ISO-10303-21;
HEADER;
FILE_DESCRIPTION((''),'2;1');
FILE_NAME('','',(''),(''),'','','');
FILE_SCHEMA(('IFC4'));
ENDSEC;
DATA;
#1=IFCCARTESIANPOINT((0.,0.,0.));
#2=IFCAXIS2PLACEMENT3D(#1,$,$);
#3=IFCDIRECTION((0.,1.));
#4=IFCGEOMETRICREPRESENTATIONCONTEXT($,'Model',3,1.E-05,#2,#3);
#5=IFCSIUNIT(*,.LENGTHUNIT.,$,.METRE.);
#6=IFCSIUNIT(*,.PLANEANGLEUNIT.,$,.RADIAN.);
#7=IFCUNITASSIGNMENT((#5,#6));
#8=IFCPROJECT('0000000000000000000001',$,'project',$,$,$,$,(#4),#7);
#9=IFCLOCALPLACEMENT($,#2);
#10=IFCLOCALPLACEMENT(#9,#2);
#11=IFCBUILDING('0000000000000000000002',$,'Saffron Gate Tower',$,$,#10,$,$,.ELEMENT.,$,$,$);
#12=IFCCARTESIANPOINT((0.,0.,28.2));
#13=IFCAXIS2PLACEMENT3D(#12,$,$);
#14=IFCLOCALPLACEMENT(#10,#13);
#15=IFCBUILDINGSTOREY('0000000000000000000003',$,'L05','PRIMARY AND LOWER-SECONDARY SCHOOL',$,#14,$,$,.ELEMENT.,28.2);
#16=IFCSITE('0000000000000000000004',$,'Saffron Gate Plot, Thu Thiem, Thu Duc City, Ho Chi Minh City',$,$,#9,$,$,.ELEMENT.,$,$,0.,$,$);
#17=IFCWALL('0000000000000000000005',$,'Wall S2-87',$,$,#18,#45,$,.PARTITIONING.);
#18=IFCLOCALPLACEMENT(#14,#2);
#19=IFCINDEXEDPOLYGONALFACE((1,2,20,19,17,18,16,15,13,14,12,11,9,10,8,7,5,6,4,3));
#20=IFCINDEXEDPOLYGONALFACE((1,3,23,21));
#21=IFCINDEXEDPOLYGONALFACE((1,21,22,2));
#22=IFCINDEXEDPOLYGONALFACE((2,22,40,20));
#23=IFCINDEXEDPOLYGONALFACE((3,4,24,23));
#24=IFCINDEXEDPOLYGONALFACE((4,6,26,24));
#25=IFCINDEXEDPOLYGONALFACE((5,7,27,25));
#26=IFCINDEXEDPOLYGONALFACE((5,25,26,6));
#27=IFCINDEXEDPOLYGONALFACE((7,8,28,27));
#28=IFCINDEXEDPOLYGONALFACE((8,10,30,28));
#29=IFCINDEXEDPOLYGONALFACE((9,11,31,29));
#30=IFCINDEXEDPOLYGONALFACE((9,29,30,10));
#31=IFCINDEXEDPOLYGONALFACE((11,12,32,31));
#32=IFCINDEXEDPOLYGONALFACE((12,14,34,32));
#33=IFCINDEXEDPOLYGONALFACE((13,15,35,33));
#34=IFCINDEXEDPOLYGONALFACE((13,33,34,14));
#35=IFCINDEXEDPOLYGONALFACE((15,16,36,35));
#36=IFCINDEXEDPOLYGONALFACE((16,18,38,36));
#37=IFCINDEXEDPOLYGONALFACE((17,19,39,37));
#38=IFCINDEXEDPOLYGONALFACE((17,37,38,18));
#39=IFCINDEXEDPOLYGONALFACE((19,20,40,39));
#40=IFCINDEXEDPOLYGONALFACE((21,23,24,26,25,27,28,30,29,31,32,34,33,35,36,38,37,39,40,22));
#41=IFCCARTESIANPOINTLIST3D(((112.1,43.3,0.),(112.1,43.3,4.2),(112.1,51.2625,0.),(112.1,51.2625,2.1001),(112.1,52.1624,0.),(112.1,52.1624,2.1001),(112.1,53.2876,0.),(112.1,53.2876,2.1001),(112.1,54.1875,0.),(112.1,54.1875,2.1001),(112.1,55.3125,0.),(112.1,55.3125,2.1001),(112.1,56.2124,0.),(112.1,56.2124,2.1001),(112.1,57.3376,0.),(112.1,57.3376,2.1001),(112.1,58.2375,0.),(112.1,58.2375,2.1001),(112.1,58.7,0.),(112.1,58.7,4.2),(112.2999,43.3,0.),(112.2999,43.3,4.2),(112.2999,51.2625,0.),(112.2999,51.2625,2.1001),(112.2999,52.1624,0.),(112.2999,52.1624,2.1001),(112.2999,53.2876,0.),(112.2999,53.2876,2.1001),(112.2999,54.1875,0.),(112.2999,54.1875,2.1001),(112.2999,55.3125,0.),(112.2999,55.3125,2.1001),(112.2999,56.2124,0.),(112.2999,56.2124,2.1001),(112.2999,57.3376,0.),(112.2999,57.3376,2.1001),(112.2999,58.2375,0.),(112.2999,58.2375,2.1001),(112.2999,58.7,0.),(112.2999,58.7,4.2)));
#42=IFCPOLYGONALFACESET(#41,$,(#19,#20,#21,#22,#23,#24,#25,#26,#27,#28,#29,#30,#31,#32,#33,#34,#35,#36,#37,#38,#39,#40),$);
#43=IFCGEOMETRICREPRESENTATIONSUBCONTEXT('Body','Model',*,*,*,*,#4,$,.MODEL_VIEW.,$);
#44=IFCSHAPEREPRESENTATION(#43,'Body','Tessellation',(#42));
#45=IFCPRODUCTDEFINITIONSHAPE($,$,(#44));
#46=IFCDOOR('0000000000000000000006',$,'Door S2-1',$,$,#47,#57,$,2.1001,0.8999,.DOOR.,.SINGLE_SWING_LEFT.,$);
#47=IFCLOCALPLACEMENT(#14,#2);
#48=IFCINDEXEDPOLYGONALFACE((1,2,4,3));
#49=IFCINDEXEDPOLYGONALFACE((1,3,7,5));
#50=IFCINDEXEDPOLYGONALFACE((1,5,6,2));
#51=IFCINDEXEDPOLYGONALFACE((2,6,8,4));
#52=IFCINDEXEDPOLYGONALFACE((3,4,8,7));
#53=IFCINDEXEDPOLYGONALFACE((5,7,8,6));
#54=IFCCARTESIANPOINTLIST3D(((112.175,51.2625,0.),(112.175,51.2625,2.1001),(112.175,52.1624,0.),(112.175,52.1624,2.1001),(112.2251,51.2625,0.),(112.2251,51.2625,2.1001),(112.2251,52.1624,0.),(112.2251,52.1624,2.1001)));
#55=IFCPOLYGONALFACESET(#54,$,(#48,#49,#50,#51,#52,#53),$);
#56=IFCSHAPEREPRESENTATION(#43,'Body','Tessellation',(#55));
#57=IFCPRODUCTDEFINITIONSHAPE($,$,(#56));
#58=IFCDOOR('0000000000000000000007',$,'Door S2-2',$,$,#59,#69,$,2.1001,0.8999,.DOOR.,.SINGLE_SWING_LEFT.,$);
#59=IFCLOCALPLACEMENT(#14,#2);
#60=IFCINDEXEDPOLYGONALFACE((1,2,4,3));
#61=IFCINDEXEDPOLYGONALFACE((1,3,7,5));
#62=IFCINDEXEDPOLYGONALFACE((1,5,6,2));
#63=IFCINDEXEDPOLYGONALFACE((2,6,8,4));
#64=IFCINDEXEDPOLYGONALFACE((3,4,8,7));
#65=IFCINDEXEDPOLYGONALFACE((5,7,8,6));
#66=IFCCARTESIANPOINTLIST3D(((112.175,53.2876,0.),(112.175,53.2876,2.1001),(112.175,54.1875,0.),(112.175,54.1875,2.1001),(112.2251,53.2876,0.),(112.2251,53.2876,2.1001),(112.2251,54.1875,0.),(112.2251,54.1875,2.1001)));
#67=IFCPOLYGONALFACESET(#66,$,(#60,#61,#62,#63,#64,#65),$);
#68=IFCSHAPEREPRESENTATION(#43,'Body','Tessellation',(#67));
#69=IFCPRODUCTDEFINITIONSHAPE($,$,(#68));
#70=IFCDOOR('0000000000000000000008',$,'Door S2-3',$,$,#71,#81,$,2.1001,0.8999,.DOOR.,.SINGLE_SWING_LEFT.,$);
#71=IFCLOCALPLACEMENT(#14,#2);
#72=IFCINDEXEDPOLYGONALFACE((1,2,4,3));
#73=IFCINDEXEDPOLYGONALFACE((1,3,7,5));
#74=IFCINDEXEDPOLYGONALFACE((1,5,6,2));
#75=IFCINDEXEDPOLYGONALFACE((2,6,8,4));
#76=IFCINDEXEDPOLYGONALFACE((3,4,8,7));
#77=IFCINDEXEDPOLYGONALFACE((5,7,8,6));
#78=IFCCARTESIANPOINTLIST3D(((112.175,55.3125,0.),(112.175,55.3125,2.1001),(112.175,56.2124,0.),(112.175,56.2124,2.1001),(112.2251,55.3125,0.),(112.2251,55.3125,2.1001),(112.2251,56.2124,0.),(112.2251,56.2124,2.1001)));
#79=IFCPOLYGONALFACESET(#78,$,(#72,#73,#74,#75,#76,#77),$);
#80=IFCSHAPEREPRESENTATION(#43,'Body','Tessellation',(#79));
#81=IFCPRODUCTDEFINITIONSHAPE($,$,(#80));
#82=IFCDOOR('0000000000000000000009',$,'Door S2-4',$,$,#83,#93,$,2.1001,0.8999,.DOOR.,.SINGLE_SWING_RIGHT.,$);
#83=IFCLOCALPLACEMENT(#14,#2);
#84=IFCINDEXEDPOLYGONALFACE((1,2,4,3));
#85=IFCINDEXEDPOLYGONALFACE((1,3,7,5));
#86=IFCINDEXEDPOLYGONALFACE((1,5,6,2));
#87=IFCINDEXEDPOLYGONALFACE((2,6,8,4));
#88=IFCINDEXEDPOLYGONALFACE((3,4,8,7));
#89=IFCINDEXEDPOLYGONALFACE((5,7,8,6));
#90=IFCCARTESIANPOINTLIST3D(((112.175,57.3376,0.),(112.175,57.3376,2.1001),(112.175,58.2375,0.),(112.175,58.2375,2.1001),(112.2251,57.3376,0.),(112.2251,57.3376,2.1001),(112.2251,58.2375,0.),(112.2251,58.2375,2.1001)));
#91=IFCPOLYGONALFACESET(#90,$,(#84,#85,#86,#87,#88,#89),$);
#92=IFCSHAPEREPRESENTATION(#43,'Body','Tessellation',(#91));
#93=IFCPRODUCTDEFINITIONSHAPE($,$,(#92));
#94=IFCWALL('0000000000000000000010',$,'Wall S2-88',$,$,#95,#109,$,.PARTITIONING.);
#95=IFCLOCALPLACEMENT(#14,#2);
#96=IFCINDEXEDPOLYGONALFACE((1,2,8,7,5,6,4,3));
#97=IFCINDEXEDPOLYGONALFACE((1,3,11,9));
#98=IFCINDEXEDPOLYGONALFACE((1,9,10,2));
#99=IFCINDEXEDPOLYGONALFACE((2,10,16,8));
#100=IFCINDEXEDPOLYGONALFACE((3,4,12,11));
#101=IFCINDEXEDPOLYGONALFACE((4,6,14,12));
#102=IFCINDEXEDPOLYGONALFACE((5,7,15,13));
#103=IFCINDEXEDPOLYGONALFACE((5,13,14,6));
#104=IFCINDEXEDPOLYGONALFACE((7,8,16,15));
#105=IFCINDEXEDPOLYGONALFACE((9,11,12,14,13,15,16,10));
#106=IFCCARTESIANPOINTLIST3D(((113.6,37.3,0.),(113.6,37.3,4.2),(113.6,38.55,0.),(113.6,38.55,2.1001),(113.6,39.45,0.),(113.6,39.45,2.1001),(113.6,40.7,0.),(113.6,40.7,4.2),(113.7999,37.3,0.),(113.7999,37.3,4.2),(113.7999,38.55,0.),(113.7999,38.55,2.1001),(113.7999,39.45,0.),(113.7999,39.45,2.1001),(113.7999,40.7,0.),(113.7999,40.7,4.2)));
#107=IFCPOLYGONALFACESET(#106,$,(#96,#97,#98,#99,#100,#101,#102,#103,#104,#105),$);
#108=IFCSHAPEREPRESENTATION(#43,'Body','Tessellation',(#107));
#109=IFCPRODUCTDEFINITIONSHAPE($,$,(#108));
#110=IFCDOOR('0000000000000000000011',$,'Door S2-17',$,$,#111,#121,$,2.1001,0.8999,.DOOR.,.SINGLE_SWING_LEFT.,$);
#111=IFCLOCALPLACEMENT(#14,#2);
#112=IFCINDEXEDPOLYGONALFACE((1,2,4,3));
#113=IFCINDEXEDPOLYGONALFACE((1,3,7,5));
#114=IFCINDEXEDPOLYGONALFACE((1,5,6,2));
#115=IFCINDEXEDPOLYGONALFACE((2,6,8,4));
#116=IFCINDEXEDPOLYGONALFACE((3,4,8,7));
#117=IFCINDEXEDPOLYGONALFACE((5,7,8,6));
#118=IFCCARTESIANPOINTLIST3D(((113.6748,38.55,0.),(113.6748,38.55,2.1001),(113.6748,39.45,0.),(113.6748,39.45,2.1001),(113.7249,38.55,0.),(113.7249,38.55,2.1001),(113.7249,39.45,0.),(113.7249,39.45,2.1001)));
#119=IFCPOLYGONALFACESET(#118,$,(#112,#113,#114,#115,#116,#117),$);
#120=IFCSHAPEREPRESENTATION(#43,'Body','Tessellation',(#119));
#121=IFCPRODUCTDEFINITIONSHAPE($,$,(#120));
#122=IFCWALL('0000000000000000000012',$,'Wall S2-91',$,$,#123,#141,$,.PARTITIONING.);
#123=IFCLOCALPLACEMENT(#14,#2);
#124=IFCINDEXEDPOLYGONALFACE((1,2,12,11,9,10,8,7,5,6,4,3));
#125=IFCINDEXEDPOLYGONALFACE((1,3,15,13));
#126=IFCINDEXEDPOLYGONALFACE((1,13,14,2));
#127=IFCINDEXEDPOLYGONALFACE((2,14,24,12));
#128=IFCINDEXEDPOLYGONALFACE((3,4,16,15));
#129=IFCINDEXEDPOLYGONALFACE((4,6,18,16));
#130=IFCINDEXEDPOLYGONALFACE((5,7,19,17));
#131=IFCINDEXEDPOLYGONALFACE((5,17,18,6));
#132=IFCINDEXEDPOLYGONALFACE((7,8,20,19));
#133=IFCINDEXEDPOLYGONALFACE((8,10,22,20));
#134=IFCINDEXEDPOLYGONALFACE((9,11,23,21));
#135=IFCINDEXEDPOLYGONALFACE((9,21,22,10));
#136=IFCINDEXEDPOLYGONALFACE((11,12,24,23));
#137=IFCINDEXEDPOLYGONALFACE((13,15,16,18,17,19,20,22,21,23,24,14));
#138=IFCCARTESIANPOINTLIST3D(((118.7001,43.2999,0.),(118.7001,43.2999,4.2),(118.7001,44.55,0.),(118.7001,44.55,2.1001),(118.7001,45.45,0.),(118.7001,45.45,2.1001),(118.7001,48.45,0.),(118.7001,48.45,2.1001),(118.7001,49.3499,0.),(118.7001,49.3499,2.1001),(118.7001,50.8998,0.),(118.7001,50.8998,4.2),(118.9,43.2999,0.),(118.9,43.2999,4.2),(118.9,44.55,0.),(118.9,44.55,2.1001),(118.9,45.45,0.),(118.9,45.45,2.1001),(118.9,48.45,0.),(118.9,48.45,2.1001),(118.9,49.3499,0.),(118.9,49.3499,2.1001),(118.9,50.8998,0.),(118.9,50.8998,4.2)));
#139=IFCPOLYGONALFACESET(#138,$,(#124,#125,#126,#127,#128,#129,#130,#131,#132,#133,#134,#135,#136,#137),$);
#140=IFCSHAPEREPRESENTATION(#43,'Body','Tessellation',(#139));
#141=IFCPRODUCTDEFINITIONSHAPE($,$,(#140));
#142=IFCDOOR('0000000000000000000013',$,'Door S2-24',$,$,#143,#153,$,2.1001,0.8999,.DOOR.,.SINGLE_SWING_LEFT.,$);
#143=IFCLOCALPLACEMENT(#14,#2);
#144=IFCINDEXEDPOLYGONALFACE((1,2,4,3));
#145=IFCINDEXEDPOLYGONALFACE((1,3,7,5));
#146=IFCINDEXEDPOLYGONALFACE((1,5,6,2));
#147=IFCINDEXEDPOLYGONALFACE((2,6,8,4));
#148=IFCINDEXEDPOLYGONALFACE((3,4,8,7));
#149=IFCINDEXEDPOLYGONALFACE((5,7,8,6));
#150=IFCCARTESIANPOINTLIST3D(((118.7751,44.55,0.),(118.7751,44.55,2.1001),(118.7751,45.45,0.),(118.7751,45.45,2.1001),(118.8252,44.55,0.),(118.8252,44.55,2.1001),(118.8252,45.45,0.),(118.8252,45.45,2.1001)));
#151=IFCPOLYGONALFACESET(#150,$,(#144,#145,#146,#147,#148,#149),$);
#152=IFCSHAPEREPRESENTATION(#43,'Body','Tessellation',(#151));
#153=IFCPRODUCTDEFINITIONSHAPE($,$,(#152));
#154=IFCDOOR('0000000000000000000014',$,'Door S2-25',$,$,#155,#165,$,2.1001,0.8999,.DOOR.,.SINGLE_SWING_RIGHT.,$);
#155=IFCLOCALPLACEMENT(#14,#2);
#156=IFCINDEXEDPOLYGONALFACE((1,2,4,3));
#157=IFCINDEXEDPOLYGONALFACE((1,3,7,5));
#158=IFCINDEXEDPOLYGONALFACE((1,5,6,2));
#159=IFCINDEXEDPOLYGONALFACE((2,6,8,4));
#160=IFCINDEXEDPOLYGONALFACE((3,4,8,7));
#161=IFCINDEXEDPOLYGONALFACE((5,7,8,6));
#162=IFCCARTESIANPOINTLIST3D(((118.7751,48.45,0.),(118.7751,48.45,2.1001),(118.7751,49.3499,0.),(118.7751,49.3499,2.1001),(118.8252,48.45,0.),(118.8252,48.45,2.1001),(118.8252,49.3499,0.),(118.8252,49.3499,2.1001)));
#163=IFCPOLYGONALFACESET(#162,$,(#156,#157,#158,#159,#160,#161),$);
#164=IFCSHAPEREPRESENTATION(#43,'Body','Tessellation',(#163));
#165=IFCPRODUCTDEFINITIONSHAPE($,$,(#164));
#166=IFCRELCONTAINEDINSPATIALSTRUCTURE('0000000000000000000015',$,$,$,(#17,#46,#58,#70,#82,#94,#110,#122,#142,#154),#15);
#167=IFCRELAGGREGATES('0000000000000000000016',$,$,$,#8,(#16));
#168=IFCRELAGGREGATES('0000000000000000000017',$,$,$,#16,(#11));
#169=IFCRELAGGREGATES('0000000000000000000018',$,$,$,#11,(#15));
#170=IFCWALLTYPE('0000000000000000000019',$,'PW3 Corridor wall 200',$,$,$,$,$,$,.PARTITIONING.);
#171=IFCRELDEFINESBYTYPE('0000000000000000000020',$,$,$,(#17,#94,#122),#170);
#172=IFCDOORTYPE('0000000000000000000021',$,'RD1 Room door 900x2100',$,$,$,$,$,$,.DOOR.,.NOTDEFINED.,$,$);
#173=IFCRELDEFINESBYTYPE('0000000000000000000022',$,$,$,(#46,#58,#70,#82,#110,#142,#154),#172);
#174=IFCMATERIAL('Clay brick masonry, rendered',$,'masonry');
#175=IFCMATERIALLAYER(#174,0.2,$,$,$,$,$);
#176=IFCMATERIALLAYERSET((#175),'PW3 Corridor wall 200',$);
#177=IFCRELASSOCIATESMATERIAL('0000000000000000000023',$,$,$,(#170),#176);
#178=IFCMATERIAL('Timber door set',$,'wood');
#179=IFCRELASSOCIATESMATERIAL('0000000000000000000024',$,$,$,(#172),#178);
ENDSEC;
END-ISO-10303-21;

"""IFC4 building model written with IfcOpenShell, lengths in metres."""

from ifc_helpers import new_model, si_unit, direction, frame, frame_2d, origin, place, context, subcontext, project, spatial, rectangle, extrude, material, layer, layer_set, type_object, element, fill, save


model = new_model("IFC4")

# Units and contexts
model_context = context("Model", 3, precision=1e-05, world=origin(), true_north=direction((0.0, 1.0)))
body_context = subcontext(model_context, "Body", "Model", "MODEL_VIEW")
ifc_project = project(units=[si_unit("LENGTHUNIT", "METRE"), si_unit("PLANEANGLEUNIT", "RADIAN")], contexts=[model_context])

# Site, building, storey
site_placement = place(None, origin())
site = spatial("IfcSite", under=ifc_project, at=site_placement, Name="Saffron Gate Plot, Thu Thiem, Thu Duc City, Ho Chi Minh City", CompositionType="ELEMENT", RefElevation=0.0)
building_placement = place(site_placement, origin())
building = spatial("IfcBuilding", under=site, at=building_placement, Name="Saffron Gate Tower", CompositionType="ELEMENT")
storey_placement = place(building_placement, frame((0.0, 0.0, 28.2)))
storey = spatial("IfcBuildingStorey", under=building, at=storey_placement, Name="L05", Description="PRIMARY AND LOWER-SECONDARY SCHOOL", CompositionType="ELEMENT", Elevation=28.2)

# Shared definitions
ifc_material_1 = material(Name="Clay brick masonry, rendered", Category="masonry")
ifc_layer_1 = layer(ifc_material_1, 0.2)
ifc_layer_set_1 = layer_set([ifc_layer_1], Name="PW3 Corridor wall 200")
wall_type = type_object("IfcWallType", Name="PW3 Corridor wall 200", PredefinedType="PARTITIONING", material=ifc_layer_set_1)

# Wall, openings, doors
wall_1_placement = place(storey_placement, frame((112.2, 43.3, 0.0), z_axis=(0.0, 0.0, 1.0), x_axis=(0.0, 1.0, 0.0)))
wall_1 = element("IfcWall", 1, at=wall_1_placement, inside=storey, type_object=wall_type, Name="Wall S2-87", PredefinedType="PARTITIONING", context=body_context, shape_type="SweptSolid", body=[
    extrude(rectangle(XDim=15.3999, YDim=0.2, at=frame_2d((7.7, 0.0))), origin(), (0.0, 0.0, 1.0), 4.2),
])
opening_1_placement = place(wall_1_placement, frame((7.9624, 0.0, 0.0)))
opening_1 = element("IfcOpeningElement", 2, at=opening_1_placement, cuts=wall_1, PredefinedType="OPENING", context=body_context, shape_type="SweptSolid", body=[
    extrude(rectangle(XDim=0.8999, YDim=2.1001, at=frame_2d((0.45, 1.05))), frame((0.0, 0.1099, 0.0), z_axis=(0.0, -1.0, 0.0), x_axis=(1.0, 0.0, 0.0)), (0.0, 0.0, 1.0), 0.22),
])
opening_2_placement = place(wall_1_placement, frame((9.9875, 0.0, 0.0)))
opening_2 = element("IfcOpeningElement", 3, at=opening_2_placement, cuts=wall_1, PredefinedType="OPENING", context=body_context, shape_type="SweptSolid", body=[
    extrude(rectangle(XDim=0.8999, YDim=2.1001, at=frame_2d((0.45, 1.05))), frame((0.0, 0.1099, 0.0), z_axis=(0.0, -1.0, 0.0), x_axis=(1.0, 0.0, 0.0)), (0.0, 0.0, 1.0), 0.22),
])
opening_3_placement = place(wall_1_placement, frame((12.0125, 0.0, 0.0)))
opening_3 = element("IfcOpeningElement", 4, at=opening_3_placement, cuts=wall_1, PredefinedType="OPENING", context=body_context, shape_type="SweptSolid", body=[
    extrude(rectangle(XDim=0.8999, YDim=2.1001, at=frame_2d((0.45, 1.05))), frame((0.0, 0.1099, 0.0), z_axis=(0.0, -1.0, 0.0), x_axis=(1.0, 0.0, 0.0)), (0.0, 0.0, 1.0), 0.22),
])
opening_4_placement = place(wall_1_placement, frame((14.0376, 0.0, 0.0)))
opening_4 = element("IfcOpeningElement", 5, at=opening_4_placement, cuts=wall_1, PredefinedType="OPENING", context=body_context, shape_type="SweptSolid", body=[
    extrude(rectangle(XDim=0.8999, YDim=2.1001, at=frame_2d((0.45, 1.05))), frame((0.0, 0.1099, 0.0), z_axis=(0.0, -1.0, 0.0), x_axis=(1.0, 0.0, 0.0)), (0.0, 0.0, 1.0), 0.22),
])
ifc_material_2 = material(Name="Timber door set", Category="wood")
door_type = type_object("IfcDoorType", Name="RD1 Room door 900x2100", OperationType="NOTDEFINED", PredefinedType="DOOR", material=ifc_material_2)
door_1_placement = place(opening_1_placement, origin())
door_1 = element("IfcDoor", 6, at=door_1_placement, inside=storey, type_object=door_type, Name="Door S2-1", OperationType="SINGLE_SWING_LEFT", OverallHeight=2.1001, OverallWidth=0.8999, PredefinedType="DOOR", context=body_context, shape_type="SweptSolid", body=[
    extrude(rectangle(XDim=0.8999, YDim=2.1001, at=frame_2d((0.45, 1.05))), frame((0.0, 0.0249, 0.0), z_axis=(0.0, -1.0, 0.0), x_axis=(1.0, 0.0, 0.0)), (0.0, 0.0, 1.0), 0.05),
])
fill(opening_1, door_1)
door_2_placement = place(opening_2_placement, origin())
door_2 = element("IfcDoor", 7, at=door_2_placement, inside=storey, type_object=door_type, Name="Door S2-2", OperationType="SINGLE_SWING_LEFT", OverallHeight=2.1001, OverallWidth=0.8999, PredefinedType="DOOR", context=body_context, shape_type="SweptSolid", body=[
    extrude(rectangle(XDim=0.8999, YDim=2.1001, at=frame_2d((0.45, 1.05))), frame((0.0, 0.0249, 0.0), z_axis=(0.0, -1.0, 0.0), x_axis=(1.0, 0.0, 0.0)), (0.0, 0.0, 1.0), 0.05),
])
fill(opening_2, door_2)
door_3_placement = place(opening_3_placement, origin())
door_3 = element("IfcDoor", 8, at=door_3_placement, inside=storey, type_object=door_type, Name="Door S2-3", OperationType="SINGLE_SWING_LEFT", OverallHeight=2.1001, OverallWidth=0.8999, PredefinedType="DOOR", context=body_context, shape_type="SweptSolid", body=[
    extrude(rectangle(XDim=0.8999, YDim=2.1001, at=frame_2d((0.45, 1.05))), frame((0.0, 0.0249, 0.0), z_axis=(0.0, -1.0, 0.0), x_axis=(1.0, 0.0, 0.0)), (0.0, 0.0, 1.0), 0.05),
])
fill(opening_3, door_3)
door_4_placement = place(opening_4_placement, origin())
door_4 = element("IfcDoor", 9, at=door_4_placement, inside=storey, type_object=door_type, Name="Door S2-4", OperationType="SINGLE_SWING_RIGHT", OverallHeight=2.1001, OverallWidth=0.8999, PredefinedType="DOOR", context=body_context, shape_type="SweptSolid", body=[
    extrude(rectangle(XDim=0.8999, YDim=2.1001, at=frame_2d((0.45, 1.05))), frame((0.0, 0.0249, 0.0), z_axis=(0.0, -1.0, 0.0), x_axis=(1.0, 0.0, 0.0)), (0.0, 0.0, 1.0), 0.05),
])
fill(opening_4, door_4)

# Wall, opening, door
wall_2_placement = place(storey_placement, frame((113.7, 40.7, 0.0), z_axis=(0.0, 0.0, 1.0), x_axis=(0.0, -1.0, 0.0)))
wall_2 = element("IfcWall", 10, at=wall_2_placement, inside=storey, type_object=wall_type, Name="Wall S2-88", PredefinedType="PARTITIONING", context=body_context, shape_type="SweptSolid", body=[
    extrude(rectangle(XDim=3.3999, YDim=0.2, at=frame_2d((1.7, 0.0))), origin(), (0.0, 0.0, 1.0), 4.2),
])
opening_5_placement = place(wall_2_placement, frame((1.25, 0.0, 0.0)))
opening_5 = element("IfcOpeningElement", 11, at=opening_5_placement, cuts=wall_2, PredefinedType="OPENING", context=body_context, shape_type="SweptSolid", body=[
    extrude(rectangle(XDim=0.8999, YDim=2.1001, at=frame_2d((0.45, 1.05))), frame((0.0, 0.1099, 0.0), z_axis=(0.0, -1.0, 0.0), x_axis=(1.0, 0.0, 0.0)), (0.0, 0.0, 1.0), 0.22),
])
door_5_placement = place(opening_5_placement, origin())
door_5 = element("IfcDoor", 12, at=door_5_placement, inside=storey, type_object=door_type, Name="Door S2-17", OperationType="SINGLE_SWING_LEFT", OverallHeight=2.1001, OverallWidth=0.8999, PredefinedType="DOOR", context=body_context, shape_type="SweptSolid", body=[
    extrude(rectangle(XDim=0.8999, YDim=2.1001, at=frame_2d((0.45, 1.05))), frame((0.0, 0.0249, 0.0), z_axis=(0.0, -1.0, 0.0), x_axis=(1.0, 0.0, 0.0)), (0.0, 0.0, 1.0), 0.05),
])
fill(opening_5, door_5)

# Wall, openings, doors
wall_3_placement = place(storey_placement, frame((118.8, 43.3, 0.0), z_axis=(0.0, 0.0, 1.0), x_axis=(0.0, 1.0, 0.0)))
wall_3 = element("IfcWall", 13, at=wall_3_placement, inside=storey, type_object=wall_type, Name="Wall S2-91", PredefinedType="PARTITIONING", context=body_context, shape_type="SweptSolid", body=[
    extrude(rectangle(XDim=7.5999, YDim=0.2, at=frame_2d((3.7998, 0.0))), origin(), (0.0, 0.0, 1.0), 4.2),
])
opening_6_placement = place(wall_3_placement, frame((1.25, 0.0, 0.0)))
opening_6 = element("IfcOpeningElement", 14, at=opening_6_placement, cuts=wall_3, PredefinedType="OPENING", context=body_context, shape_type="SweptSolid", body=[
    extrude(rectangle(XDim=0.8999, YDim=2.1001, at=frame_2d((0.45, 1.05))), frame((0.0, 0.1099, 0.0), z_axis=(0.0, -1.0, 0.0), x_axis=(1.0, 0.0, 0.0)), (0.0, 0.0, 1.0), 0.22),
])
opening_7_placement = place(wall_3_placement, frame((5.1499, 0.0, 0.0)))
opening_7 = element("IfcOpeningElement", 15, at=opening_7_placement, cuts=wall_3, PredefinedType="OPENING", context=body_context, shape_type="SweptSolid", body=[
    extrude(rectangle(XDim=0.8999, YDim=2.1001, at=frame_2d((0.45, 1.05))), frame((0.0, 0.1099, 0.0), z_axis=(0.0, -1.0, 0.0), x_axis=(1.0, 0.0, 0.0)), (0.0, 0.0, 1.0), 0.22),
])
door_6_placement = place(opening_6_placement, origin())
door_6 = element("IfcDoor", 16, at=door_6_placement, inside=storey, type_object=door_type, Name="Door S2-24", OperationType="SINGLE_SWING_LEFT", OverallHeight=2.1001, OverallWidth=0.8999, PredefinedType="DOOR", context=body_context, shape_type="SweptSolid", body=[
    extrude(rectangle(XDim=0.8999, YDim=2.1001, at=frame_2d((0.45, 1.05))), frame((0.0, 0.0249, 0.0), z_axis=(0.0, -1.0, 0.0), x_axis=(1.0, 0.0, 0.0)), (0.0, 0.0, 1.0), 0.05),
])
fill(opening_6, door_6)
door_7_placement = place(opening_7_placement, origin())
door_7 = element("IfcDoor", 17, at=door_7_placement, inside=storey, type_object=door_type, Name="Door S2-25", OperationType="SINGLE_SWING_RIGHT", OverallHeight=2.1001, OverallWidth=0.8999, PredefinedType="DOOR", context=body_context, shape_type="SweptSolid", body=[
    extrude(rectangle(XDim=0.8999, YDim=2.1001, at=frame_2d((0.45, 1.05))), frame((0.0, 0.0249, 0.0), z_axis=(0.0, -1.0, 0.0), x_axis=(1.0, 0.0, 0.0)), (0.0, 0.0, 1.0), 0.05),
])
fill(opening_7, door_7)

save(model, "model.ifc")
